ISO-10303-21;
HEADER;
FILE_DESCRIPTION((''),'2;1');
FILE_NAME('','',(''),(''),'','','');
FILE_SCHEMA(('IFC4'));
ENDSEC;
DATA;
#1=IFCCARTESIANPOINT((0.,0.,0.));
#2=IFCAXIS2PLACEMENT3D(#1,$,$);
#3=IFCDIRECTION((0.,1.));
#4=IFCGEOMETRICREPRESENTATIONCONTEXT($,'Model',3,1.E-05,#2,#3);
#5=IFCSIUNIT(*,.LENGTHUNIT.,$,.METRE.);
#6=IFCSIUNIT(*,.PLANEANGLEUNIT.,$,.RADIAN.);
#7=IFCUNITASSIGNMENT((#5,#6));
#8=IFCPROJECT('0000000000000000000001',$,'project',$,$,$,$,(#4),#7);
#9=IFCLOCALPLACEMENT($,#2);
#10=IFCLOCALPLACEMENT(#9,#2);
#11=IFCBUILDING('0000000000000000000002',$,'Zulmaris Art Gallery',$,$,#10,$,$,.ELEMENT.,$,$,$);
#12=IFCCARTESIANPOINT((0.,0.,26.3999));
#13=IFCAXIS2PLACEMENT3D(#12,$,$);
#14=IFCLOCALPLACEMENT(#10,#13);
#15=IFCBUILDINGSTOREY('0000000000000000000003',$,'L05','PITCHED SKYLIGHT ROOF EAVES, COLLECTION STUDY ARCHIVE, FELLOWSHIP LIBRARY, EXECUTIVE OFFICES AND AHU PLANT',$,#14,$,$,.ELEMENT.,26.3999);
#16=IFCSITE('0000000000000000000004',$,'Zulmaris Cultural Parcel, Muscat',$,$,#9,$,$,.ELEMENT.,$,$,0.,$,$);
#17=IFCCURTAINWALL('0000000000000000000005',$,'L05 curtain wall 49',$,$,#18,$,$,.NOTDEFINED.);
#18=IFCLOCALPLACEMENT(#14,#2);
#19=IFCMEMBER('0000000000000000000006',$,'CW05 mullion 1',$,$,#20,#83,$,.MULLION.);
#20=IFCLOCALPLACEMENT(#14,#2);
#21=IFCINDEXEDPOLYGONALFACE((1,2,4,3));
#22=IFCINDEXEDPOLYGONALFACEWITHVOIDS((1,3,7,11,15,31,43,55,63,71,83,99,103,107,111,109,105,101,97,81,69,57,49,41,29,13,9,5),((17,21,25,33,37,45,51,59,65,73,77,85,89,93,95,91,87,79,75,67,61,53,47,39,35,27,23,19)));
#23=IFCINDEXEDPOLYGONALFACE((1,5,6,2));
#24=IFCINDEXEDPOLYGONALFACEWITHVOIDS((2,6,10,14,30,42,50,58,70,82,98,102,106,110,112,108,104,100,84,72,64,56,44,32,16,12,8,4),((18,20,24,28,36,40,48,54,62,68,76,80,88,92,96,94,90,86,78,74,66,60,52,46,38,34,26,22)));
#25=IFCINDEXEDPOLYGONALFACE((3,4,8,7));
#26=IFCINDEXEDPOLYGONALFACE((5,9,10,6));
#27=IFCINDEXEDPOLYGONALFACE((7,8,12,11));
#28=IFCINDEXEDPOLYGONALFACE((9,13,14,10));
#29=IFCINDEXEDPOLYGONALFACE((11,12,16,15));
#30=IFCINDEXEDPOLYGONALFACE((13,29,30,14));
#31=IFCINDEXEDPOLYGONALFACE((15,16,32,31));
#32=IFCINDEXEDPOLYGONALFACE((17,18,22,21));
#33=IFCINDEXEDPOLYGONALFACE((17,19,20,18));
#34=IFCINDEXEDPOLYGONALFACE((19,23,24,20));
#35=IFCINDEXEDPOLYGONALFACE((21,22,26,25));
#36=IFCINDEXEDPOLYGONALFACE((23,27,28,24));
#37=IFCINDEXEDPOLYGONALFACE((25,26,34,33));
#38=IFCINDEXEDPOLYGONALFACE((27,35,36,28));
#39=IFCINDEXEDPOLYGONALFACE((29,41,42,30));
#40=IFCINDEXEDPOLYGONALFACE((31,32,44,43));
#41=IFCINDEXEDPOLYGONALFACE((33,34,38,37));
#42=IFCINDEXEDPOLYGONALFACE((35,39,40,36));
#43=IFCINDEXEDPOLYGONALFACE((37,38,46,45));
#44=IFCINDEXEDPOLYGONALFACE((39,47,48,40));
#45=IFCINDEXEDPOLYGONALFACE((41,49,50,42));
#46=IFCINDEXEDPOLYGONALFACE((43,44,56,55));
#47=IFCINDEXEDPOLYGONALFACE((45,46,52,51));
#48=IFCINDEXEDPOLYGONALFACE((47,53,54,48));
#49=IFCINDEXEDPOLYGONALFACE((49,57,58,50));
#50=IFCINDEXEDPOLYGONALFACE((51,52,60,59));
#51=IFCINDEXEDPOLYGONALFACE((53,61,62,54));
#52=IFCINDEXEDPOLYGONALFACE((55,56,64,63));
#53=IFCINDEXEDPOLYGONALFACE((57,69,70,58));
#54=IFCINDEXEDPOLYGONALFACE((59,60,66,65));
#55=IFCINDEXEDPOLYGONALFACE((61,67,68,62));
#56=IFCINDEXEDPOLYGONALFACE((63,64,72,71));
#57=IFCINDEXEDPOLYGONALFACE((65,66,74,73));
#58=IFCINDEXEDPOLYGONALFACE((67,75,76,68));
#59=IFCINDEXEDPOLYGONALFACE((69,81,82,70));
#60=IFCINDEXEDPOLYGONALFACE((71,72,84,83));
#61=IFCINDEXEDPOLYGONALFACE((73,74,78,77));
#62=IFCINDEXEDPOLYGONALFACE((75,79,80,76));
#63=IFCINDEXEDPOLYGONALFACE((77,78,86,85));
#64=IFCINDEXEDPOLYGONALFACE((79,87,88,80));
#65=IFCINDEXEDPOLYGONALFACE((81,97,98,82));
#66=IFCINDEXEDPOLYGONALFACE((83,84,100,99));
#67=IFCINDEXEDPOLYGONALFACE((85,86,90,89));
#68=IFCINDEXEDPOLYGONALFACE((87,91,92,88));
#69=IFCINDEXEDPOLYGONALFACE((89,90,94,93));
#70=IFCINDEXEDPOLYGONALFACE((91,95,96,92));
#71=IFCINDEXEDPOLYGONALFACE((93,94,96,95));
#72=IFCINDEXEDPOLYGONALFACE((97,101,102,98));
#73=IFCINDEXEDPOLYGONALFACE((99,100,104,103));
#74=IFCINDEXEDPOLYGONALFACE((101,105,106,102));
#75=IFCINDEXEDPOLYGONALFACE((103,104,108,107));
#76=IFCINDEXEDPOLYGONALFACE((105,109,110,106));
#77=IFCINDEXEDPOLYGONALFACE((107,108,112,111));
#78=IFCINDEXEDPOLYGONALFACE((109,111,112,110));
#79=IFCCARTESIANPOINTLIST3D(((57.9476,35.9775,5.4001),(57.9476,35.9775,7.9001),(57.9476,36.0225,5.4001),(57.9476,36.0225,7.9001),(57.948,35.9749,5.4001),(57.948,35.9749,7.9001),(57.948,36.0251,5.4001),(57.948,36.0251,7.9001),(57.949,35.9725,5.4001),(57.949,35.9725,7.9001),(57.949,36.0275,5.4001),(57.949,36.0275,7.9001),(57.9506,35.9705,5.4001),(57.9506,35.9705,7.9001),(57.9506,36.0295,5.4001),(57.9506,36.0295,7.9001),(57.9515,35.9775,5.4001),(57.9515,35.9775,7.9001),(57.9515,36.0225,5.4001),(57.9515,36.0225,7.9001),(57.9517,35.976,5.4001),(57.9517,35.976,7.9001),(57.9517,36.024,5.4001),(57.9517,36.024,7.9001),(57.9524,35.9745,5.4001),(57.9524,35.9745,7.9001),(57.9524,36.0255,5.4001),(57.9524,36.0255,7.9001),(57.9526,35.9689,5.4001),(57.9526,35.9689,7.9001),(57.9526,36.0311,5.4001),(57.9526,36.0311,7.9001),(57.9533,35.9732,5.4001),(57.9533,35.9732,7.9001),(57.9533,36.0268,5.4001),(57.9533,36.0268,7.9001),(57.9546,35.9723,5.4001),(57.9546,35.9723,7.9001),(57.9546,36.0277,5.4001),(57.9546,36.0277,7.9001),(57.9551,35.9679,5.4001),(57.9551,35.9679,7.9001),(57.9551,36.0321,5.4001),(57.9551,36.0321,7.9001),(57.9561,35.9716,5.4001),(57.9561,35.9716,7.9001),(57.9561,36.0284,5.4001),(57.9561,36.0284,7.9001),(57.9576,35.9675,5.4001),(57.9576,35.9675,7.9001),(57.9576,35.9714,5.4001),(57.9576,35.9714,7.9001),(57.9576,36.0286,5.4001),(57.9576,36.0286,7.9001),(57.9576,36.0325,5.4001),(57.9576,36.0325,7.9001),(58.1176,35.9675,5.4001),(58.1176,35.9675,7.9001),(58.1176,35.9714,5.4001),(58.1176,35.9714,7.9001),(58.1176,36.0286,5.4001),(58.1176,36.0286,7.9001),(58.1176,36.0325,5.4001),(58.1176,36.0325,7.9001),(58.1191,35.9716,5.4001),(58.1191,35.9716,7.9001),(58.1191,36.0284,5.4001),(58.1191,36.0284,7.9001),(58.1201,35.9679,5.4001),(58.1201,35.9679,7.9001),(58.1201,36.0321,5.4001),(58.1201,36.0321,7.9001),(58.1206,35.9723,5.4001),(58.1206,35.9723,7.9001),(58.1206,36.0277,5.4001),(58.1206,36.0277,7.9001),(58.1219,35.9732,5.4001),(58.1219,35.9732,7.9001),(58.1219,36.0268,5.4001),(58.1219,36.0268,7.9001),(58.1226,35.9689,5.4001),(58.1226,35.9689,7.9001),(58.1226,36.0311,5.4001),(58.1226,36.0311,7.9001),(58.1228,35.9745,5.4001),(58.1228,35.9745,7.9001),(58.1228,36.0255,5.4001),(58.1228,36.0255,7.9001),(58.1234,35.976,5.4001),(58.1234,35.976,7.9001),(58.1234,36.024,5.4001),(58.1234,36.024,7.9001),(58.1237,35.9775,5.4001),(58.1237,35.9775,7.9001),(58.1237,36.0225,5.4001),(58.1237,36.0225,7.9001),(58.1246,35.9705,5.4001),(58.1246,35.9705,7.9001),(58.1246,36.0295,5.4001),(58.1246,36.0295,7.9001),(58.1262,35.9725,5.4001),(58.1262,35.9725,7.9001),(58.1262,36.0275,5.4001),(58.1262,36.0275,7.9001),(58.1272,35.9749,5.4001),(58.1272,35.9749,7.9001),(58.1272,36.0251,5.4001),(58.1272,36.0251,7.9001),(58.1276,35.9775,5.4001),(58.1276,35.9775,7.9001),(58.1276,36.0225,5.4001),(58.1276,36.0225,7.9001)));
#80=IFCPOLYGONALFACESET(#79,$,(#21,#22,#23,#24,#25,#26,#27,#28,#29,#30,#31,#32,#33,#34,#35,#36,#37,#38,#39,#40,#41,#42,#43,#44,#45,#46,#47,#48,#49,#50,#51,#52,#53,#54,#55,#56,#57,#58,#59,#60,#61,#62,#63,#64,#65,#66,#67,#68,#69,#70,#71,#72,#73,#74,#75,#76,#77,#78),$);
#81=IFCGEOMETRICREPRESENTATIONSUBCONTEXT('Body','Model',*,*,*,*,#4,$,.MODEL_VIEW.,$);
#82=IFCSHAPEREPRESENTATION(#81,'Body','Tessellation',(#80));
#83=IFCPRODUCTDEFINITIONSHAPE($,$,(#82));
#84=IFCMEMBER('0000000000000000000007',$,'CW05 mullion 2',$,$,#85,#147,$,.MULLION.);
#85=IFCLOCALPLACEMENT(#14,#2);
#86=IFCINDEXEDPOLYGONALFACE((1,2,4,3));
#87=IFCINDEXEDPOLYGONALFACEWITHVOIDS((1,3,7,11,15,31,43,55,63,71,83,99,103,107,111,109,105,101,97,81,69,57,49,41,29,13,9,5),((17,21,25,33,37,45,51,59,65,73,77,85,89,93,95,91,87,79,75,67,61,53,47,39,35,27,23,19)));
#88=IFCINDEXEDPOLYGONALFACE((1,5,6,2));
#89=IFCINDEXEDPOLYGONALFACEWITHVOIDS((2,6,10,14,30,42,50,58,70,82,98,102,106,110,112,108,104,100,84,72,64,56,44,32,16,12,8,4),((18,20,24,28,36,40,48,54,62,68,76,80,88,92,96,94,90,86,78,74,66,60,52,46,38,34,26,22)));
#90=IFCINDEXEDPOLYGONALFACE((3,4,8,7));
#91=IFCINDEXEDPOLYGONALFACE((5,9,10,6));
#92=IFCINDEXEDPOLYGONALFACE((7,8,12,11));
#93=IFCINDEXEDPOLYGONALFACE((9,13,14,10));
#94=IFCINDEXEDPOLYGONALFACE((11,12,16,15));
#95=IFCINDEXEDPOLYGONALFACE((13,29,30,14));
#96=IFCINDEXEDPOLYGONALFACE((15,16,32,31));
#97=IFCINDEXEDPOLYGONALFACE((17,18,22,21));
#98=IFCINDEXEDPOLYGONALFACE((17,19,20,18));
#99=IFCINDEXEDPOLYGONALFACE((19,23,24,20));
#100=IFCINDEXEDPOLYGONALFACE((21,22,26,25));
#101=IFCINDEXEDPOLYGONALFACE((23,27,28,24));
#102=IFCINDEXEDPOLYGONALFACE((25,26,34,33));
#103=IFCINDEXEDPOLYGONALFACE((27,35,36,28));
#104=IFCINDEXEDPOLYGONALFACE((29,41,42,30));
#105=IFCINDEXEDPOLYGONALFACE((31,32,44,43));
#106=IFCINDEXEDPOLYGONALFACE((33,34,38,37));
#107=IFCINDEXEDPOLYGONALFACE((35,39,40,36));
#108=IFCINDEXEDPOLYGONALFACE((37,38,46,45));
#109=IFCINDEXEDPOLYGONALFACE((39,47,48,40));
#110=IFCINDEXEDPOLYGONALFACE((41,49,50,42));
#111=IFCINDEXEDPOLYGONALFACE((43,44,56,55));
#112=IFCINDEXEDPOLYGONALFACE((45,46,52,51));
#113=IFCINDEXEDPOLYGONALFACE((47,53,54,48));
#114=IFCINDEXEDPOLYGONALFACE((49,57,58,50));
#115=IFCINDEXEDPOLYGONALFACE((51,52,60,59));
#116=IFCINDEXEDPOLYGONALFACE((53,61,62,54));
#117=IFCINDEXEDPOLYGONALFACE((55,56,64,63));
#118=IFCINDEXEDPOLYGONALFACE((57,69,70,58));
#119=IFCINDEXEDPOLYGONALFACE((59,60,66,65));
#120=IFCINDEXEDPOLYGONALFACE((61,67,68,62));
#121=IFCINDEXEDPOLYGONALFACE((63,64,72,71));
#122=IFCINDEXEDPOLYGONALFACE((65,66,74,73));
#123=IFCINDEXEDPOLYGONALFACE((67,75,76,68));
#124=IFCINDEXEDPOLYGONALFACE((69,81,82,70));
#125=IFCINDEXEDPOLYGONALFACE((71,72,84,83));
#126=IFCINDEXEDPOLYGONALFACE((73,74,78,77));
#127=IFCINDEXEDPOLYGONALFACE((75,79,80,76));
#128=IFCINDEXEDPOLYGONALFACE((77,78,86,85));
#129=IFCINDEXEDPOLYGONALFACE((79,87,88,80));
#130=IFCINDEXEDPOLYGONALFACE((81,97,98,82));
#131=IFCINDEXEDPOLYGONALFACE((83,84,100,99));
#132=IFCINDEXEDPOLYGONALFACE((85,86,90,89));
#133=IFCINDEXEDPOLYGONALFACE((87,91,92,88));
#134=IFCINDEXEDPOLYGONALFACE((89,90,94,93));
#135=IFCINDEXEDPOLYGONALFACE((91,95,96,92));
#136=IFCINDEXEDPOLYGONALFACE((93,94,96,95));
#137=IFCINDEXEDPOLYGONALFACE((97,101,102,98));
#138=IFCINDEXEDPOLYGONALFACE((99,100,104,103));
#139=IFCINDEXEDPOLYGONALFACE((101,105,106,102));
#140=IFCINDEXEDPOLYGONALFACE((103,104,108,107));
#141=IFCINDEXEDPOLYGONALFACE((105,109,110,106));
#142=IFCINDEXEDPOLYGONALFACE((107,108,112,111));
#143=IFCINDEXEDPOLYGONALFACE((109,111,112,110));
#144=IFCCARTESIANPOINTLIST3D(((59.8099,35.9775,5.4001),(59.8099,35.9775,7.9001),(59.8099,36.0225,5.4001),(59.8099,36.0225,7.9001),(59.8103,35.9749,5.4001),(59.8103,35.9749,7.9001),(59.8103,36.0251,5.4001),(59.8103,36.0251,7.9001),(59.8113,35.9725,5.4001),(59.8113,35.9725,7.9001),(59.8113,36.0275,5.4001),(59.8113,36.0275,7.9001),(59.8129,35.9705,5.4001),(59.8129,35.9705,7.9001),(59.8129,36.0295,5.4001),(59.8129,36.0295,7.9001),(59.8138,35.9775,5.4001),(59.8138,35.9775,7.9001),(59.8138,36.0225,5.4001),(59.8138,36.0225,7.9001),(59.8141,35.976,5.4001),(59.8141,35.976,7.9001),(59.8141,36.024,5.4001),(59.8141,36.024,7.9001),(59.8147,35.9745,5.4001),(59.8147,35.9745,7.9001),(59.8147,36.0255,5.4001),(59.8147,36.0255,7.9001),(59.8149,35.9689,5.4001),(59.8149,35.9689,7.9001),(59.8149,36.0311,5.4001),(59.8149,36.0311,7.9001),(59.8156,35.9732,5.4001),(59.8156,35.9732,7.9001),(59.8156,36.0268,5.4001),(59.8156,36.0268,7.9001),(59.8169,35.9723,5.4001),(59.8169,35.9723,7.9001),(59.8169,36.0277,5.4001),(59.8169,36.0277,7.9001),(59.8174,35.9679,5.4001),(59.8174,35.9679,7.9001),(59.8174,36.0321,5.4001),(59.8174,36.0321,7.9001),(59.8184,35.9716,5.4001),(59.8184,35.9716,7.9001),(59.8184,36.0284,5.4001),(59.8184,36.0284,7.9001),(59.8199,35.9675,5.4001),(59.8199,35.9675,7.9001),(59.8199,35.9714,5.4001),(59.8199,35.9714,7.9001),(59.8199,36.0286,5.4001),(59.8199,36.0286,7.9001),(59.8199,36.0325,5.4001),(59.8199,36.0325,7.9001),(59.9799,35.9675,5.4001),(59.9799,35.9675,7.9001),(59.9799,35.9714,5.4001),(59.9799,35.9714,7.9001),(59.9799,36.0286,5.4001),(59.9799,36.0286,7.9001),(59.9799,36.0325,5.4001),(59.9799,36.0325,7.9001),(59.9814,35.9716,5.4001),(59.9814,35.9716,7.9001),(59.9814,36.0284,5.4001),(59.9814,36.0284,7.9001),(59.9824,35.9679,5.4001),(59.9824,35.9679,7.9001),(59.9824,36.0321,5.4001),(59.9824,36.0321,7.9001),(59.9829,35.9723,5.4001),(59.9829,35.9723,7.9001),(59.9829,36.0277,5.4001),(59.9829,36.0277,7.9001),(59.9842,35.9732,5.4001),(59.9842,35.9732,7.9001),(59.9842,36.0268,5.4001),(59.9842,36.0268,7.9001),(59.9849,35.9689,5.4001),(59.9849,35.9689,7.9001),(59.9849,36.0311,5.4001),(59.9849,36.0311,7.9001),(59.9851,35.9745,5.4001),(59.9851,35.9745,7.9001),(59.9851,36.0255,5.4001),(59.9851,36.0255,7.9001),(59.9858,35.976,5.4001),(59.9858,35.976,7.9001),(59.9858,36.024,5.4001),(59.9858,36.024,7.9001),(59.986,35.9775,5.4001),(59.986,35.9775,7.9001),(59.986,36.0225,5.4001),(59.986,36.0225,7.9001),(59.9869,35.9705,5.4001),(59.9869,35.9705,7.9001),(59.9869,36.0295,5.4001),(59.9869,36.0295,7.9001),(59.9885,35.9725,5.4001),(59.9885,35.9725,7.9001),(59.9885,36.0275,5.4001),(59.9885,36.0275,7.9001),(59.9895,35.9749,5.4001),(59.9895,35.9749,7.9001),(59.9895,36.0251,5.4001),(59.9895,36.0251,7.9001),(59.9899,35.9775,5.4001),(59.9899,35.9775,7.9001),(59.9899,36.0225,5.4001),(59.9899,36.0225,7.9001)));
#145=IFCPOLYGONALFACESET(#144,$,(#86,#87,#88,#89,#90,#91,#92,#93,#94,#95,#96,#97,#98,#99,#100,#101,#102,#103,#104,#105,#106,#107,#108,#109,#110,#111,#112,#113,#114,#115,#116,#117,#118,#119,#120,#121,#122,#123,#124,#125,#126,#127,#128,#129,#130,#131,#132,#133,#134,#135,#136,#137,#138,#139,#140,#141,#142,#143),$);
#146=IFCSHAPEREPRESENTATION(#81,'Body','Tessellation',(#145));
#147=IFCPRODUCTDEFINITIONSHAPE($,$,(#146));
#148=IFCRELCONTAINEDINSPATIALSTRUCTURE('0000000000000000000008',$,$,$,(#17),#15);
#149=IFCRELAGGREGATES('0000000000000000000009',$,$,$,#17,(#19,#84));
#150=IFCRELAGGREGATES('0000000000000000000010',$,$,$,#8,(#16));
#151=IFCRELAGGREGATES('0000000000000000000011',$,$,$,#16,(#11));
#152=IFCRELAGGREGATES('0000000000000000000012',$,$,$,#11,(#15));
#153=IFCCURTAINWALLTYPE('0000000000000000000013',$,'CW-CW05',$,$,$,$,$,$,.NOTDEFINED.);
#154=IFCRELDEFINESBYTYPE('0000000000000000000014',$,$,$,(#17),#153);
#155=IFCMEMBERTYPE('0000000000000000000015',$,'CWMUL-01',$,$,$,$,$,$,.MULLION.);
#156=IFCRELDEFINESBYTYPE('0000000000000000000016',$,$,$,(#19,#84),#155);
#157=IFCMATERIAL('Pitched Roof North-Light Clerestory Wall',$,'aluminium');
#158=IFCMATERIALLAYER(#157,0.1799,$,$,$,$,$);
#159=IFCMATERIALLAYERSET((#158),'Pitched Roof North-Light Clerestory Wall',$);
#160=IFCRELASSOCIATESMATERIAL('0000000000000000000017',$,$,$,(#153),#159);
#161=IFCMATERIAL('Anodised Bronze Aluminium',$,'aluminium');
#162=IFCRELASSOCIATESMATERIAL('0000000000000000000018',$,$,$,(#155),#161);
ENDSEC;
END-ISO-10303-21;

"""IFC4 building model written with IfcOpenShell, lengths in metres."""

from ifc_helpers import new_model, si_unit, direction, frame, origin, origin_2d, place, context, subcontext, project, spatial, hollow_rectangle, extrude, material, layer, layer_set, material_profile, profile_set, type_object, element, aggregate, save


model = new_model("IFC4")

# Units and contexts
model_context = context("Model", 3, precision=1e-05, world=origin(), true_north=direction((0.0, 1.0)))
body_context = subcontext(model_context, "Body", "Model", "MODEL_VIEW")
ifc_project = project(units=[si_unit("LENGTHUNIT", "METRE"), si_unit("PLANEANGLEUNIT", "RADIAN")], contexts=[model_context])

# Site, building, storey
site_placement = place(None, origin())
site = spatial("IfcSite", under=ifc_project, at=site_placement, Name="Zulmaris Cultural Parcel, Muscat", CompositionType="ELEMENT", RefElevation=0.0)
building_placement = place(site_placement, origin())
building = spatial("IfcBuilding", under=site, at=building_placement, Name="Zulmaris Art Gallery", CompositionType="ELEMENT")
storey_placement = place(building_placement, frame((0.0, 0.0, 26.3999)))
storey = spatial("IfcBuildingStorey", under=building, at=storey_placement, Name="L05", Description="PITCHED SKYLIGHT ROOF EAVES, COLLECTION STUDY ARCHIVE, FELLOWSHIP LIBRARY, EXECUTIVE OFFICES AND AHU PLANT", CompositionType="ELEMENT", Elevation=26.3999)

# Curtain wall, members
ifc_material_1 = material(Name="Pitched Roof North-Light Clerestory Wall", Category="aluminium")
ifc_layer_1 = layer(ifc_material_1, 0.1799)
ifc_layer_set_1 = layer_set([ifc_layer_1], Name="Pitched Roof North-Light Clerestory Wall")
curtain_wall_type = type_object("IfcCurtainWallType", Name="CW-CW05", PredefinedType="NOTDEFINED", material=ifc_layer_set_1)
curtain_wall_placement = place(storey_placement, origin())
curtain_wall = element("IfcCurtainWall", 1, at=curtain_wall_placement, inside=storey, type_object=curtain_wall_type, Name="L05 curtain wall 49", PredefinedType="NOTDEFINED")
ifc_material_2 = material(Name="Anodised Bronze Aluminium", Category="aluminium")
ifc_material_profile_1 = material_profile(ifc_material_2, hollow_rectangle(XDim=0.0649, YDim=0.1799, WallThickness=0.0039, InnerFilletRadius=0.0061, OuterFilletRadius=0.01, at=origin_2d()), Name="ALU 65x180x4")
ifc_profile_set_1 = profile_set([ifc_material_profile_1], Name="Anodised Bronze Aluminium")
member_type_1 = type_object("IfcMemberType", Name="CWMUL-01", PredefinedType="MULLION", material=ifc_profile_set_1)
member_1_placement = place(storey_placement, frame((58.0376, 36.0, 5.4001), z_axis=(0.0, 0.0, 1.0), x_axis=(0.0, 1.0, 0.0)))
member_1 = element("IfcMember", 2, at=member_1_placement, type_object=member_type_1, Name="CW05 mullion 1", PredefinedType="MULLION", context=body_context, shape_type="SweptSolid", body=[
    extrude(hollow_rectangle(XDim=0.0649, YDim=0.1799, WallThickness=0.0039, InnerFilletRadius=0.0061, OuterFilletRadius=0.01, at=origin_2d()), origin(), (0.0, 0.0, 1.0), 2.5),
])
member_2_placement = place(storey_placement, frame((59.8999, 36.0, 5.4001), z_axis=(0.0, 0.0, 1.0), x_axis=(0.0, 1.0, 0.0)))
member_2 = element("IfcMember", 3, at=member_2_placement, type_object=member_type_1, Name="CW05 mullion 2", PredefinedType="MULLION", context=body_context, shape_type="SweptSolid", body=[
    extrude(hollow_rectangle(XDim=0.0649, YDim=0.1799, WallThickness=0.0039, InnerFilletRadius=0.0061, OuterFilletRadius=0.01, at=origin_2d()), origin(), (0.0, 0.0, 1.0), 2.5),
])

aggregate(curtain_wall, [member_1, member_2])

save(model, "model.ifc")
